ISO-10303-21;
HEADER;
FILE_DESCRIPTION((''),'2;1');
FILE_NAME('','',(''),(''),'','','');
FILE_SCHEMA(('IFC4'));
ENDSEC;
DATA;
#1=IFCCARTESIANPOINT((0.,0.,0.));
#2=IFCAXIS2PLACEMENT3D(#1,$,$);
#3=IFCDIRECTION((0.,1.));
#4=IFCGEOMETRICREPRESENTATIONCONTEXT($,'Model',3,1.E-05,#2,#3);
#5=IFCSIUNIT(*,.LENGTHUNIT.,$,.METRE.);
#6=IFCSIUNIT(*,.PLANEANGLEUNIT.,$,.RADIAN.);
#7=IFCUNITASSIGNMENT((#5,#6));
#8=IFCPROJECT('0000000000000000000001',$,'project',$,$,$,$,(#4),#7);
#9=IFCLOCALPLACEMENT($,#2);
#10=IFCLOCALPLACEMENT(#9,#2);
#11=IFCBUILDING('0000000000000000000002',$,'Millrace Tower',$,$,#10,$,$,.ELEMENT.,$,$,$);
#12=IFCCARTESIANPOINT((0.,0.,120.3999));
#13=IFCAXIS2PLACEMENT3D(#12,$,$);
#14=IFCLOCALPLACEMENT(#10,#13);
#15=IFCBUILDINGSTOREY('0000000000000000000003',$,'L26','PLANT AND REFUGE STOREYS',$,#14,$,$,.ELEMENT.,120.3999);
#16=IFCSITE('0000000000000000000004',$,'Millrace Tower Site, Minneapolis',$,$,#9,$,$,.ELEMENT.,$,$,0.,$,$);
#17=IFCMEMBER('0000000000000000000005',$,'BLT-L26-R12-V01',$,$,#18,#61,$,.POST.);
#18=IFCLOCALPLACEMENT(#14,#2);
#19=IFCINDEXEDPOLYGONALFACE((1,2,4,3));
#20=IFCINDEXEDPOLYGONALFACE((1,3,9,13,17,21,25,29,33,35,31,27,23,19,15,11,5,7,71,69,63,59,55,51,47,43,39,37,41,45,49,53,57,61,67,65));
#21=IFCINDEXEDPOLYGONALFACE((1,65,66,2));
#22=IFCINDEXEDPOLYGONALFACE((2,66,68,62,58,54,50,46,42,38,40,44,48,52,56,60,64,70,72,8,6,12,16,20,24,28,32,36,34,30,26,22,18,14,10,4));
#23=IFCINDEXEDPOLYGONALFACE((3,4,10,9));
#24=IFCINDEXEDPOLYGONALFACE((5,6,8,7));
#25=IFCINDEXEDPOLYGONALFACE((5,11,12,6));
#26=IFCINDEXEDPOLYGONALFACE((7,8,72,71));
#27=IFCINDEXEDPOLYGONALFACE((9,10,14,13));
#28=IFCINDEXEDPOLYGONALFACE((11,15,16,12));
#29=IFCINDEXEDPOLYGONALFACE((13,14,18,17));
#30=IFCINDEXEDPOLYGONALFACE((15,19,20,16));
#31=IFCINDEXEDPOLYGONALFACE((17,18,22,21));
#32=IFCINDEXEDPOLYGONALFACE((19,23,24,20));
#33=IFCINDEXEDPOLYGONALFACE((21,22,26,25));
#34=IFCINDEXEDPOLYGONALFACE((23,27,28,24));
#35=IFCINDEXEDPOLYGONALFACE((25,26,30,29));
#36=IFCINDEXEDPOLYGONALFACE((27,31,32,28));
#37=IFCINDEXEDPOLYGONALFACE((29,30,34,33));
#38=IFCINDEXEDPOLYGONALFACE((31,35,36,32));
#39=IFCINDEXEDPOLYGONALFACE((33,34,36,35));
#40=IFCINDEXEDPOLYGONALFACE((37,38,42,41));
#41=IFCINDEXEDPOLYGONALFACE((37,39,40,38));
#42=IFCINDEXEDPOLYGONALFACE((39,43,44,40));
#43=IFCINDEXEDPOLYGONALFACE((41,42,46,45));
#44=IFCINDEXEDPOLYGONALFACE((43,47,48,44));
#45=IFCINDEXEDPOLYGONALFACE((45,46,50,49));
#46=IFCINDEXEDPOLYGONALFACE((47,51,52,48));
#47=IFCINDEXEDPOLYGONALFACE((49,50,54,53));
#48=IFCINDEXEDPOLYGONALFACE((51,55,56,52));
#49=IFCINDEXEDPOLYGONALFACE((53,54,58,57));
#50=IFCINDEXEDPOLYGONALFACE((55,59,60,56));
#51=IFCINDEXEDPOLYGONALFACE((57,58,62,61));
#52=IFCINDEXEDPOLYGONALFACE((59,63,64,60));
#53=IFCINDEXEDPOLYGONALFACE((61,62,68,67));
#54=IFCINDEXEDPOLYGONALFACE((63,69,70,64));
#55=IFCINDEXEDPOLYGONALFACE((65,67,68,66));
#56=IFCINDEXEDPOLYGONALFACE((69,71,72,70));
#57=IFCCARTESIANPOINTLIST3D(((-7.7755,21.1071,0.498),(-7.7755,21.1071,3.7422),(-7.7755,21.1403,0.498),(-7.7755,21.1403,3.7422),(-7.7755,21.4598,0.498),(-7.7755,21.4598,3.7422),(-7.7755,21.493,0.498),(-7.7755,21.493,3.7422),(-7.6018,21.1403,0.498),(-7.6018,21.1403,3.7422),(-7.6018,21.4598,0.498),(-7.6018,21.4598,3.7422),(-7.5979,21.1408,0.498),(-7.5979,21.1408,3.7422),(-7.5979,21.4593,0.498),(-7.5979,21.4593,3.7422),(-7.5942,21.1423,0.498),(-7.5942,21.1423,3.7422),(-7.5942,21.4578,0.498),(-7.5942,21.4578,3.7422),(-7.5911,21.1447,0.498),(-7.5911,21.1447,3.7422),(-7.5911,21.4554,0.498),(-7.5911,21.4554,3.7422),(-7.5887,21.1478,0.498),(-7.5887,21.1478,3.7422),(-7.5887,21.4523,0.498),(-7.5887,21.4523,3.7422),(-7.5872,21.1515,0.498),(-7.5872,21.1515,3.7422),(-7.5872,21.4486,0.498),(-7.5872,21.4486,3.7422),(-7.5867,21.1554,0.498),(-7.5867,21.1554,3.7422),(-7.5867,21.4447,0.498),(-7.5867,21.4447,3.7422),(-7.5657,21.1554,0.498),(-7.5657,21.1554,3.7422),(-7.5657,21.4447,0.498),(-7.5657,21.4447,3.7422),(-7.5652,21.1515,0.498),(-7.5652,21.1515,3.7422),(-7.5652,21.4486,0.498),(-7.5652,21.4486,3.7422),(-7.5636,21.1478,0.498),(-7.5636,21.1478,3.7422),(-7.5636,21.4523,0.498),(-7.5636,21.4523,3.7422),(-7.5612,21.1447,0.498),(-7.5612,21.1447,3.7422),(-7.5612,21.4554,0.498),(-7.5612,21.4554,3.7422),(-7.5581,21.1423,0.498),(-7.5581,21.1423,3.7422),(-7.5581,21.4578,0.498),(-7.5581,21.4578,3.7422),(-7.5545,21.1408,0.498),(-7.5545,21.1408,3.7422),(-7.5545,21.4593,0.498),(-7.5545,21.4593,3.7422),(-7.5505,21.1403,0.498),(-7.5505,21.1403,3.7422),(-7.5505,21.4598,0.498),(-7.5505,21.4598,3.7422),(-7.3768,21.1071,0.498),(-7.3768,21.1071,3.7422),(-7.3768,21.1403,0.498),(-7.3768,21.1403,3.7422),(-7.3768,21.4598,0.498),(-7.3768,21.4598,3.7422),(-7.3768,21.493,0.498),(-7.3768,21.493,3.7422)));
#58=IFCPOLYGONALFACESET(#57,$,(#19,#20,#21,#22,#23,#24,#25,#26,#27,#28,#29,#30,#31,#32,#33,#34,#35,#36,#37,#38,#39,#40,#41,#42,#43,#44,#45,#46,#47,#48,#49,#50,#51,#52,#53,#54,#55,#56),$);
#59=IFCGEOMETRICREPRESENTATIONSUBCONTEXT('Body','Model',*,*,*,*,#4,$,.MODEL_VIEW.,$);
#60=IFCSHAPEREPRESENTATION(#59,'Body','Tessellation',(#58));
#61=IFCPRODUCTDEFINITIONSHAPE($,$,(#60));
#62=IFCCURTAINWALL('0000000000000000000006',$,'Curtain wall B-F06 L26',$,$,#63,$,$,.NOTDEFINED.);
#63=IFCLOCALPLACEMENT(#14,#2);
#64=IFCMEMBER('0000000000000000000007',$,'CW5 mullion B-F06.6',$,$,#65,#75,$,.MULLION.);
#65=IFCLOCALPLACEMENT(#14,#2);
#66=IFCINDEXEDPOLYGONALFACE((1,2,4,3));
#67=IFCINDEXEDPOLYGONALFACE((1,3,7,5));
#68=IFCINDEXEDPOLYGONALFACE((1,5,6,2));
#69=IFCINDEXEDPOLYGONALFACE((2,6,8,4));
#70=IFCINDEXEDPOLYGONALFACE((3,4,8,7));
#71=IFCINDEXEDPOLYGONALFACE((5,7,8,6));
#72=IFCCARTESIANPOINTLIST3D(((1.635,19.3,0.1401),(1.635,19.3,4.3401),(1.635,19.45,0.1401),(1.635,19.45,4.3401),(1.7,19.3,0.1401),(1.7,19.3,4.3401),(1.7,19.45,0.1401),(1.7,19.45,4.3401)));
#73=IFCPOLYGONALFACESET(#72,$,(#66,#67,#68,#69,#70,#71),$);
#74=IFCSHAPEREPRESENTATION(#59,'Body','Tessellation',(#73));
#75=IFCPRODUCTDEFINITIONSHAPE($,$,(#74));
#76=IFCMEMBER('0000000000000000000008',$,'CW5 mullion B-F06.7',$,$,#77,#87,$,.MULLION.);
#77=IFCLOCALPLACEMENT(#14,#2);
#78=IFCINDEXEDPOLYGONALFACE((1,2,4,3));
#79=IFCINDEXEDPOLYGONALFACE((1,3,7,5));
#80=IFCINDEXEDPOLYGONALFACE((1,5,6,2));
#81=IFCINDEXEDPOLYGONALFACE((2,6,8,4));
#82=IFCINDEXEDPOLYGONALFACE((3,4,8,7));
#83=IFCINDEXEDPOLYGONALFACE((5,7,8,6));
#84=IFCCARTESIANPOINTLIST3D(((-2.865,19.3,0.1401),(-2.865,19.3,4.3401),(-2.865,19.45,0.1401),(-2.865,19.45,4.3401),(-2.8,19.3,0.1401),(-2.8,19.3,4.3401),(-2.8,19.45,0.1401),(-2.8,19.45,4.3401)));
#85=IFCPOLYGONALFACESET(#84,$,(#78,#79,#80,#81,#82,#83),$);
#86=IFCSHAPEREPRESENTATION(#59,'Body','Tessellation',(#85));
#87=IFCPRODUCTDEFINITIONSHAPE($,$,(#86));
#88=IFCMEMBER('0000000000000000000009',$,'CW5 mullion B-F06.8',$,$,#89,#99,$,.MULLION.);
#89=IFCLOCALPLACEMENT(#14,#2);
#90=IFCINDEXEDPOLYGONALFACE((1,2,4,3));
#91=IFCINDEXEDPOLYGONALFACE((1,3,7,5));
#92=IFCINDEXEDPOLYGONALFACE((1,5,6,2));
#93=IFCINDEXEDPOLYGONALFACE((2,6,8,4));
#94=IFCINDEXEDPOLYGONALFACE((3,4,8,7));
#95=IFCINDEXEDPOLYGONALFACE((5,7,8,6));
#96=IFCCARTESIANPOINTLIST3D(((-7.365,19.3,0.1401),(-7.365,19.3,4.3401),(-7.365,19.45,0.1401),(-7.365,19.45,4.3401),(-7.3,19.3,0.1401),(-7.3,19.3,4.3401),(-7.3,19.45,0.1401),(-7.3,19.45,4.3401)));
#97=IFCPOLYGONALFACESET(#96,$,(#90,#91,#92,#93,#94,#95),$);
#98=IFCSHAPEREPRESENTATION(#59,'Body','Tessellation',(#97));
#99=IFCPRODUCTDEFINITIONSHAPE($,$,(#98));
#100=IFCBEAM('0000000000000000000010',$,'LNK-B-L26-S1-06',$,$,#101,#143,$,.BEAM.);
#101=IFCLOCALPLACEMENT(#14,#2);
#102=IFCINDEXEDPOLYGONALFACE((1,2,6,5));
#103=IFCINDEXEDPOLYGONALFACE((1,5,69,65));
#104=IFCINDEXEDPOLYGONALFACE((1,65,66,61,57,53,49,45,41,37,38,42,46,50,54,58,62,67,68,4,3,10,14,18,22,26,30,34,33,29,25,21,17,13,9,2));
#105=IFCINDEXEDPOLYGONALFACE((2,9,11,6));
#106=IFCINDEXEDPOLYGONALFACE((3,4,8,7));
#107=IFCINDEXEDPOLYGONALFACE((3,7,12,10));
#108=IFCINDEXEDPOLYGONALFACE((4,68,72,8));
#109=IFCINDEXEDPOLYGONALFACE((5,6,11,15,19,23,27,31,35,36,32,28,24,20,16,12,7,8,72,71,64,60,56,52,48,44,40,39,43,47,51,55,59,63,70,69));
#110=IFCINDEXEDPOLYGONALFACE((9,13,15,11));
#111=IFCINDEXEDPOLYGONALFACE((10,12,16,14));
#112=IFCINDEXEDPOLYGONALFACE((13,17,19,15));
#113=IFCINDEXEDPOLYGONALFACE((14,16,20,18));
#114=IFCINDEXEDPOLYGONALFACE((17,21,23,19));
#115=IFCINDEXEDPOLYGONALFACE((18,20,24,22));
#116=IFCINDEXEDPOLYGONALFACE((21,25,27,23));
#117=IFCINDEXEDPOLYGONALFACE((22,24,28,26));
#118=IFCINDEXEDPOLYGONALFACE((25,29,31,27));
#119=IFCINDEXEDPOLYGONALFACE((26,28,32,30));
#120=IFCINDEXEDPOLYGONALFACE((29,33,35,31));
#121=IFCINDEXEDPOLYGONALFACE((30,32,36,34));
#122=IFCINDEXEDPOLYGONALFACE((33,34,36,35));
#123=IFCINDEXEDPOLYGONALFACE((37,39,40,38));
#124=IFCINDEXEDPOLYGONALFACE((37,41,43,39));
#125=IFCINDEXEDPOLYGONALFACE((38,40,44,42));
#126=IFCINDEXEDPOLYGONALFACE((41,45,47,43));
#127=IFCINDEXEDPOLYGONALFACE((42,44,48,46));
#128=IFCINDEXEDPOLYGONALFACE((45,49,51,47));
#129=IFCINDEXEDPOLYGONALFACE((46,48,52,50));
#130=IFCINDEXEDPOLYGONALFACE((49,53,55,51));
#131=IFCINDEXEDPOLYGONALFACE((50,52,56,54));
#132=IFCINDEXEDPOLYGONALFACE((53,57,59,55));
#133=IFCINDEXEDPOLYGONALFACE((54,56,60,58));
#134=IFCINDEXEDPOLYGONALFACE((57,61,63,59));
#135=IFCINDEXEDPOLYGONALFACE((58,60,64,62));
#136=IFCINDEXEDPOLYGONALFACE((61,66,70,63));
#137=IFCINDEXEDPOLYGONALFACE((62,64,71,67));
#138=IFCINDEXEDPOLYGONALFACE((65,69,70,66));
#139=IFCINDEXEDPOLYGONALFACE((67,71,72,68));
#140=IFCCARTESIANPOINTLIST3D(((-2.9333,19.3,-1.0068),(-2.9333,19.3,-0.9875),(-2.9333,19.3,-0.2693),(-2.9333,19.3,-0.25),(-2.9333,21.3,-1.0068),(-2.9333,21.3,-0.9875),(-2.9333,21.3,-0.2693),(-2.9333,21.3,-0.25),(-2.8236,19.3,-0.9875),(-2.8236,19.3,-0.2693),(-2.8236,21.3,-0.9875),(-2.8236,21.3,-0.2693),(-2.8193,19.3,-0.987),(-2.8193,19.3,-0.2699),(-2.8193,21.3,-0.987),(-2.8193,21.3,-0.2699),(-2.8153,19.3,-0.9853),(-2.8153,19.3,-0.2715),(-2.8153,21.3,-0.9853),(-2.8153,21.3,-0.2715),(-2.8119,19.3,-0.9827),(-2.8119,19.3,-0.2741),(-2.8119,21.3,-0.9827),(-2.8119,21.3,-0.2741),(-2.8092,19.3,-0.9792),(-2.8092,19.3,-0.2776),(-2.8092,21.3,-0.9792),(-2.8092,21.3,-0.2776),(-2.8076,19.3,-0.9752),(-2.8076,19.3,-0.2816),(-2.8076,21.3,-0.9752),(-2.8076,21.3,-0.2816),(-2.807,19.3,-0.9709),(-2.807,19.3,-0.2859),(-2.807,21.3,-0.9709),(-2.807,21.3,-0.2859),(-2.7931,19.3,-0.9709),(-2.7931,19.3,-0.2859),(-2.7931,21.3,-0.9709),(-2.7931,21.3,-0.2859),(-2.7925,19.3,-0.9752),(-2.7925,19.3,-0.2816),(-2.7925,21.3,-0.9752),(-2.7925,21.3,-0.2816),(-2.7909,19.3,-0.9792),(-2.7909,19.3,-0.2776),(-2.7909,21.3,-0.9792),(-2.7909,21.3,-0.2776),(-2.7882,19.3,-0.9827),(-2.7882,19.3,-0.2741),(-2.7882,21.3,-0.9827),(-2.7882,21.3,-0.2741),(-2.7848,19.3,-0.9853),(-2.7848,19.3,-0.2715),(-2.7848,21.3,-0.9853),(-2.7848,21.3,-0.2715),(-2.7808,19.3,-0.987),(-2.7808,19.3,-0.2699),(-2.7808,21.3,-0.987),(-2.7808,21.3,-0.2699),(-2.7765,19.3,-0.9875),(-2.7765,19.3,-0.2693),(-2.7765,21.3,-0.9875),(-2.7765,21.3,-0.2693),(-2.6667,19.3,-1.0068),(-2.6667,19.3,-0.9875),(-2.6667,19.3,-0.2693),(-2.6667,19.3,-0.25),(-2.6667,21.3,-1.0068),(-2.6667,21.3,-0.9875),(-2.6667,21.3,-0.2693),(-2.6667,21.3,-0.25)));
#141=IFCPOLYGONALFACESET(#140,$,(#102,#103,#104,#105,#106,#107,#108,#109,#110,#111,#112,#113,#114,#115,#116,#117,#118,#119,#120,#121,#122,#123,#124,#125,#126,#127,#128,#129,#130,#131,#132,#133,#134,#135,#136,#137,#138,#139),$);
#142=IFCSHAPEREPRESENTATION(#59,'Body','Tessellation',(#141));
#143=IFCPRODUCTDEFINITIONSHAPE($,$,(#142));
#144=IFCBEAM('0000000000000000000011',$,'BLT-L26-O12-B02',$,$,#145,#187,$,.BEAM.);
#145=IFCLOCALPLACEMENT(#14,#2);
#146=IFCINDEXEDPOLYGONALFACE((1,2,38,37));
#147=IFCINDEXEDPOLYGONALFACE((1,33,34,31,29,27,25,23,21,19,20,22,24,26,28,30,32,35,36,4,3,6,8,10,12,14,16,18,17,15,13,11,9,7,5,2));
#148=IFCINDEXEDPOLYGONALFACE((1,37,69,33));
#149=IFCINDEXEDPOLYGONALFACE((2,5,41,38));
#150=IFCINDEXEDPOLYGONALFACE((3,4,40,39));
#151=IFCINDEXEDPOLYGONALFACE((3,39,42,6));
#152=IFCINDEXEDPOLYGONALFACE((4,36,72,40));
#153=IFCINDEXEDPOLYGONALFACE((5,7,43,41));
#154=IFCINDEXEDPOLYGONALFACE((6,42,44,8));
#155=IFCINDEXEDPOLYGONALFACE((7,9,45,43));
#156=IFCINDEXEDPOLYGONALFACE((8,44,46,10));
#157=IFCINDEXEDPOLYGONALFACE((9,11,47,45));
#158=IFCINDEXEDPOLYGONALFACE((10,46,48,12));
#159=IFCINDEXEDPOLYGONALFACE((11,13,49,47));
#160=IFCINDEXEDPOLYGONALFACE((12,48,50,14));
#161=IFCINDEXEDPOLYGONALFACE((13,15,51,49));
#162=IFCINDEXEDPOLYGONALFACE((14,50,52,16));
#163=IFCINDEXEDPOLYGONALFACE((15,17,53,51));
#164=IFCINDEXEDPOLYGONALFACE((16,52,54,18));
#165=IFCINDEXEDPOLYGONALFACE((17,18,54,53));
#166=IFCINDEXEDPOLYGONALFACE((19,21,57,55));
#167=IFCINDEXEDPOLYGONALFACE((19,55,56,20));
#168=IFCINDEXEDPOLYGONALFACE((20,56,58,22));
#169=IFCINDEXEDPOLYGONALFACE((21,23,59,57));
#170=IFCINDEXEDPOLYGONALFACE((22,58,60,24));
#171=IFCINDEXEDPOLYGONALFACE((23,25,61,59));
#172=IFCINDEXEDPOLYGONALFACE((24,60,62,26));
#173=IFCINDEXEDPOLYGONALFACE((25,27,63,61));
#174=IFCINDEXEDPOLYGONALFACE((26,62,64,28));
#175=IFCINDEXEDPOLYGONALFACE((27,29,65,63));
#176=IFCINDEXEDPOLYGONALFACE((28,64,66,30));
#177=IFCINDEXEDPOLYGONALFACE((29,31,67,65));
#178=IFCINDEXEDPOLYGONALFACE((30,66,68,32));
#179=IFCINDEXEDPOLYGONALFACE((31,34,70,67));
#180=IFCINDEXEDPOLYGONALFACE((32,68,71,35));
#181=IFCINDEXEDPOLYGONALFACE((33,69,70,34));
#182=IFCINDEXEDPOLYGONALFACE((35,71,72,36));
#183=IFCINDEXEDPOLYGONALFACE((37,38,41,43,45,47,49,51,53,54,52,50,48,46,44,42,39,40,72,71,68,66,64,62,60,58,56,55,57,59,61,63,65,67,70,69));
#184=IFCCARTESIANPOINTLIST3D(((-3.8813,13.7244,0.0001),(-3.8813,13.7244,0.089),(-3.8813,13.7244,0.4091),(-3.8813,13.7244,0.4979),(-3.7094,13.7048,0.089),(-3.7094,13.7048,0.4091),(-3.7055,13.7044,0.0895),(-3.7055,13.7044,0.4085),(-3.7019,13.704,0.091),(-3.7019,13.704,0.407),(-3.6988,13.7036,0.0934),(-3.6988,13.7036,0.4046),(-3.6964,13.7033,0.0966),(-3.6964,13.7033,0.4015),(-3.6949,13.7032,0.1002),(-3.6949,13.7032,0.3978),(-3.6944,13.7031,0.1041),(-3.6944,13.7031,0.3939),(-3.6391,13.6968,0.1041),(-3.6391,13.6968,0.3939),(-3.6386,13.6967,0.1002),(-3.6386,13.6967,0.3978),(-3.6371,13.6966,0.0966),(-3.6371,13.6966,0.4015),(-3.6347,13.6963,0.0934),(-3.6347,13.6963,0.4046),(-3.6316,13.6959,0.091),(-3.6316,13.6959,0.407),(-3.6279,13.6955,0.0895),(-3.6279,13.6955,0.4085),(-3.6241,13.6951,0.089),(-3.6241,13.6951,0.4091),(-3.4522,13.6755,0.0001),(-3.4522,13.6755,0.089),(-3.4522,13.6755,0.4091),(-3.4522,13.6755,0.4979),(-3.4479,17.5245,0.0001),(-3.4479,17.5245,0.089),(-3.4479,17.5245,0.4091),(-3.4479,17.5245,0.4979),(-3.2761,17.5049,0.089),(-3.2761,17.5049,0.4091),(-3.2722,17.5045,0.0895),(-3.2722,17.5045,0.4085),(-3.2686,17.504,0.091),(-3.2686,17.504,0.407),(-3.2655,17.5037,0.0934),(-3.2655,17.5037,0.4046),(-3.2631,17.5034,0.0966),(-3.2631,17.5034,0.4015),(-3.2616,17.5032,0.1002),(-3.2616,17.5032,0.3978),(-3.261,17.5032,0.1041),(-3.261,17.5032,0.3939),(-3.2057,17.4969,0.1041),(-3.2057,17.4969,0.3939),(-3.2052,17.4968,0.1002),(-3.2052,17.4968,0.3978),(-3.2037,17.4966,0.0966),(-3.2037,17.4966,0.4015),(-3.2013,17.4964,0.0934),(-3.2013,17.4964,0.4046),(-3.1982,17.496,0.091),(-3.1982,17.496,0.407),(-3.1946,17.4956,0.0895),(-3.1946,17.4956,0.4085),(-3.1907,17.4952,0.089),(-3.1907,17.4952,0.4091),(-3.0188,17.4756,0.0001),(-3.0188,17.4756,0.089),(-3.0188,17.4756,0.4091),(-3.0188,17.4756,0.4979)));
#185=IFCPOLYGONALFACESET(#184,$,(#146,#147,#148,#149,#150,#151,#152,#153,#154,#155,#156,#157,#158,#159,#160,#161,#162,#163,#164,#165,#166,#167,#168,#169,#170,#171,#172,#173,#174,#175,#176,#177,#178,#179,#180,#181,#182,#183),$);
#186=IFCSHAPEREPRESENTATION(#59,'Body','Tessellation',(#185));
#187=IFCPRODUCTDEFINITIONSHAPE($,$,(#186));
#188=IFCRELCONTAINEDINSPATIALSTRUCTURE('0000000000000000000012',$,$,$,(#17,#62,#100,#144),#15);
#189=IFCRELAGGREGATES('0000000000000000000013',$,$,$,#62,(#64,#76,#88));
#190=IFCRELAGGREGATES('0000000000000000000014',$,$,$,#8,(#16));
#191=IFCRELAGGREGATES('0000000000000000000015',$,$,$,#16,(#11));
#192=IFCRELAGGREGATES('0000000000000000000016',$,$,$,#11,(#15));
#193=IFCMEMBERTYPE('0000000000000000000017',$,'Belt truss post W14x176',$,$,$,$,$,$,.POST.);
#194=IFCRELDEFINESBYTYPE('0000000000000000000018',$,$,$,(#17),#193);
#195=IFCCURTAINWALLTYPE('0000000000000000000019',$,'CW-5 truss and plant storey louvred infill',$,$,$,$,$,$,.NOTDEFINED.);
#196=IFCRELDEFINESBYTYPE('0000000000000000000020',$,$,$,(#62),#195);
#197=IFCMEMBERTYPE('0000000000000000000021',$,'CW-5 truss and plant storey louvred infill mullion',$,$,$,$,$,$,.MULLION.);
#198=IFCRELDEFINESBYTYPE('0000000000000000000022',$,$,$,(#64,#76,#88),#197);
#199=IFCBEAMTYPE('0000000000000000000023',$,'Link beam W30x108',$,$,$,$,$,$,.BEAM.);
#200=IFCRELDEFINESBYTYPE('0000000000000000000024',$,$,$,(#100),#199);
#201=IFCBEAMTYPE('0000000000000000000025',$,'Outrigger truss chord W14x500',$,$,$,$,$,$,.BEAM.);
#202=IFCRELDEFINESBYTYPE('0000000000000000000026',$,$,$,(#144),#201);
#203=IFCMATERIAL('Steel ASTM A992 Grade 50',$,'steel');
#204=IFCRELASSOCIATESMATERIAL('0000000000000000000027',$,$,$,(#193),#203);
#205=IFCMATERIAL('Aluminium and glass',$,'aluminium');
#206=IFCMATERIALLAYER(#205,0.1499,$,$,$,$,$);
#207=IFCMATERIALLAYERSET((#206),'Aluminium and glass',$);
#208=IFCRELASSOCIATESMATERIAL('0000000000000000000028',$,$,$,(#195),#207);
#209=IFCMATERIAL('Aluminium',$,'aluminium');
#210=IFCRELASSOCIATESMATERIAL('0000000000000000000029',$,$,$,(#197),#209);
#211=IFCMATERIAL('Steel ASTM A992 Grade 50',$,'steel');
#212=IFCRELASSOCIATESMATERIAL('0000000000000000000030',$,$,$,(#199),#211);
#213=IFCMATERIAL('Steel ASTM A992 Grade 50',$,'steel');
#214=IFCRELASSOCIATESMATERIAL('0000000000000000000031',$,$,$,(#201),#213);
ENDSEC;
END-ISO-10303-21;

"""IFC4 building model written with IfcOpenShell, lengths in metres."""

from ifc_helpers import new_model, si_unit, direction, frame, origin, origin_2d, place, context, subcontext, project, spatial, rectangle, i_section, extrude, material, layer, layer_set, material_profile, profile_set, type_object, element, aggregate, save


model = new_model("IFC4")

# Units and contexts
model_context = context("Model", 3, precision=1e-05, world=origin(), true_north=direction((0.0, 1.0)))
body_context = subcontext(model_context, "Body", "Model", "MODEL_VIEW")
ifc_project = project(units=[si_unit("LENGTHUNIT", "METRE"), si_unit("PLANEANGLEUNIT", "RADIAN")], contexts=[model_context])

# Site, building, storey
site_placement = place(None, origin())
site = spatial("IfcSite", under=ifc_project, at=site_placement, Name="Millrace Tower Site, Minneapolis", CompositionType="ELEMENT", RefElevation=0.0)
building_placement = place(site_placement, origin())
building = spatial("IfcBuilding", under=site, at=building_placement, Name="Millrace Tower", CompositionType="ELEMENT")
storey_placement = place(building_placement, frame((0.0, 0.0, 120.3999)))
storey = spatial("IfcBuildingStorey", under=building, at=storey_placement, Name="L26", Description="PLANT AND REFUGE STOREYS", CompositionType="ELEMENT", Elevation=120.3999)

# Member
ifc_material_1 = material(Name="Steel ASTM A992 Grade 50", Category="steel")
ifc_material_profile_1 = material_profile(ifc_material_1, i_section(OverallWidth=0.3987, OverallDepth=0.386, WebThickness=0.021, FlangeThickness=0.0332, FilletRadius=0.0151, at=origin_2d()))
ifc_profile_set_1 = profile_set([ifc_material_profile_1], Name="Steel ASTM A992 Grade 50")
member_type_1 = type_object("IfcMemberType", Name="Belt truss post W14x176", PredefinedType="POST", material=ifc_profile_set_1)
member_1_placement = place(storey_placement, frame((-7.5762, 21.3, 0.498), z_axis=(0.0, 0.0, 1.0), x_axis=(1.0, 0.0, 0.0)))
element("IfcMember", 1, at=member_1_placement, inside=storey, type_object=member_type_1, Name="BLT-L26-R12-V01", PredefinedType="POST", context=body_context, shape_type="SweptSolid", body=[
    extrude(i_section(OverallWidth=0.3987, OverallDepth=0.386, WebThickness=0.021, FlangeThickness=0.0332, FilletRadius=0.0151, at=origin_2d()), origin(), (0.0, 0.0, 1.0), 3.2441),
])

# Curtain wall, members
ifc_material_2 = material(Name="Aluminium and glass", Category="aluminium")
ifc_layer_1 = layer(ifc_material_2, 0.1499)
ifc_layer_set_1 = layer_set([ifc_layer_1], Name="Aluminium and glass")
curtain_wall_type = type_object("IfcCurtainWallType", Name="CW-5 truss and plant storey louvred infill", PredefinedType="NOTDEFINED", material=ifc_layer_set_1)
curtain_wall_placement = place(storey_placement, origin())
curtain_wall = element("IfcCurtainWall", 2, at=curtain_wall_placement, inside=storey, type_object=curtain_wall_type, Name="Curtain wall B-F06 L26", PredefinedType="NOTDEFINED")
ifc_material_3 = material(Name="Aluminium", Category="aluminium")
ifc_material_profile_2 = material_profile(ifc_material_3, rectangle(XDim=0.0649, YDim=0.1499, at=origin_2d()))
ifc_profile_set_2 = profile_set([ifc_material_profile_2], Name="Aluminium")
member_type_2 = type_object("IfcMemberType", Name="CW-5 truss and plant storey louvred infill mullion", PredefinedType="MULLION", material=ifc_profile_set_2)
member_2_placement = place(storey_placement, frame((1.6675, 19.375, 0.1401), z_axis=(0.0, 0.0, 1.0), x_axis=(-1.0, 0.0, 0.0)))
member_2 = element("IfcMember", 3, at=member_2_placement, type_object=member_type_2, Name="CW5 mullion B-F06.6", PredefinedType="MULLION", context=body_context, shape_type="SweptSolid", body=[
    extrude(rectangle(XDim=0.0649, YDim=0.1499, at=origin_2d()), origin(), (0.0, 0.0, 1.0), 4.2),
])
member_3_placement = place(storey_placement, frame((-2.8325, 19.375, 0.1401), z_axis=(0.0, 0.0, 1.0), x_axis=(-1.0, 0.0, 0.0)))
member_3 = element("IfcMember", 4, at=member_3_placement, type_object=member_type_2, Name="CW5 mullion B-F06.7", PredefinedType="MULLION", context=body_context, shape_type="SweptSolid", body=[
    extrude(rectangle(XDim=0.0649, YDim=0.1499, at=origin_2d()), origin(), (0.0, 0.0, 1.0), 4.2),
])
member_4_placement = place(storey_placement, frame((-7.3325, 19.375, 0.1401), z_axis=(0.0, 0.0, 1.0), x_axis=(-1.0, 0.0, 0.0)))
member_4 = element("IfcMember", 5, at=member_4_placement, type_object=member_type_2, Name="CW5 mullion B-F06.8", PredefinedType="MULLION", context=body_context, shape_type="SweptSolid", body=[
    extrude(rectangle(XDim=0.0649, YDim=0.1499, at=origin_2d()), origin(), (0.0, 0.0, 1.0), 4.2),
])
aggregate(curtain_wall, [member_2, member_3, member_4])

# Beams
ifc_material_4 = material(Name="Steel ASTM A992 Grade 50", Category="steel")
ifc_material_profile_3 = material_profile(ifc_material_4, i_section(OverallWidth=0.2666, OverallDepth=0.7568, WebThickness=0.0139, FlangeThickness=0.0193, FilletRadius=0.0166, at=origin_2d()))
ifc_profile_set_3 = profile_set([ifc_material_profile_3], Name="Steel ASTM A992 Grade 50")
beam_type_1 = type_object("IfcBeamType", Name="Link beam W30x108", PredefinedType="BEAM", material=ifc_profile_set_3)
beam_1_placement = place(storey_placement, frame((-2.8, 19.3, -0.6284), z_axis=(0.0, 1.0, 0.0), x_axis=(-1.0, 0.0, 0.0)))
element("IfcBeam", 6, at=beam_1_placement, inside=storey, type_object=beam_type_1, Name="LNK-B-L26-S1-06", PredefinedType="BEAM", context=body_context, shape_type="SweptSolid", body=[
    extrude(i_section(OverallWidth=0.2666, OverallDepth=0.7568, WebThickness=0.0139, FlangeThickness=0.0193, FilletRadius=0.0166, at=origin_2d()), origin(), (0.0, 0.0, 1.0), 2.0),
])
ifc_material_5 = material(Name="Steel ASTM A992 Grade 50", Category="steel")
ifc_material_profile_4 = material_profile(ifc_material_5, i_section(OverallWidth=0.4319, OverallDepth=0.4978, WebThickness=0.0557, FlangeThickness=0.0889, FilletRadius=0.0151, at=origin_2d()))
ifc_profile_set_4 = profile_set([ifc_material_profile_4], Name="Steel ASTM A992 Grade 50")
beam_type_2 = type_object("IfcBeamType", Name="Outrigger truss chord W14x500", PredefinedType="BEAM", material=ifc_profile_set_4)
for number, where, z_axis, x_axis, name in (
    (7, (-3.6667, 13.7, 0.249), (0.113304, 0.99356, 0.0), (-0.99356, 0.113304, 0.0), "BLT-L26-O12-B02"),
):
    element("IfcBeam", number, at=place(storey_placement, frame(where, z_axis=z_axis, x_axis=x_axis)), inside=storey, type_object=beam_type_2, Name=name, PredefinedType="BEAM", context=body_context, shape_type="SweptSolid", body=[
        extrude(i_section(OverallWidth=0.4319, OverallDepth=0.4978, WebThickness=0.0557, FlangeThickness=0.0889, FilletRadius=0.0151, at=origin_2d()), origin(), (0.0, 0.0, 1.0), 3.8247),
    ])

save(model, "model.ifc")
